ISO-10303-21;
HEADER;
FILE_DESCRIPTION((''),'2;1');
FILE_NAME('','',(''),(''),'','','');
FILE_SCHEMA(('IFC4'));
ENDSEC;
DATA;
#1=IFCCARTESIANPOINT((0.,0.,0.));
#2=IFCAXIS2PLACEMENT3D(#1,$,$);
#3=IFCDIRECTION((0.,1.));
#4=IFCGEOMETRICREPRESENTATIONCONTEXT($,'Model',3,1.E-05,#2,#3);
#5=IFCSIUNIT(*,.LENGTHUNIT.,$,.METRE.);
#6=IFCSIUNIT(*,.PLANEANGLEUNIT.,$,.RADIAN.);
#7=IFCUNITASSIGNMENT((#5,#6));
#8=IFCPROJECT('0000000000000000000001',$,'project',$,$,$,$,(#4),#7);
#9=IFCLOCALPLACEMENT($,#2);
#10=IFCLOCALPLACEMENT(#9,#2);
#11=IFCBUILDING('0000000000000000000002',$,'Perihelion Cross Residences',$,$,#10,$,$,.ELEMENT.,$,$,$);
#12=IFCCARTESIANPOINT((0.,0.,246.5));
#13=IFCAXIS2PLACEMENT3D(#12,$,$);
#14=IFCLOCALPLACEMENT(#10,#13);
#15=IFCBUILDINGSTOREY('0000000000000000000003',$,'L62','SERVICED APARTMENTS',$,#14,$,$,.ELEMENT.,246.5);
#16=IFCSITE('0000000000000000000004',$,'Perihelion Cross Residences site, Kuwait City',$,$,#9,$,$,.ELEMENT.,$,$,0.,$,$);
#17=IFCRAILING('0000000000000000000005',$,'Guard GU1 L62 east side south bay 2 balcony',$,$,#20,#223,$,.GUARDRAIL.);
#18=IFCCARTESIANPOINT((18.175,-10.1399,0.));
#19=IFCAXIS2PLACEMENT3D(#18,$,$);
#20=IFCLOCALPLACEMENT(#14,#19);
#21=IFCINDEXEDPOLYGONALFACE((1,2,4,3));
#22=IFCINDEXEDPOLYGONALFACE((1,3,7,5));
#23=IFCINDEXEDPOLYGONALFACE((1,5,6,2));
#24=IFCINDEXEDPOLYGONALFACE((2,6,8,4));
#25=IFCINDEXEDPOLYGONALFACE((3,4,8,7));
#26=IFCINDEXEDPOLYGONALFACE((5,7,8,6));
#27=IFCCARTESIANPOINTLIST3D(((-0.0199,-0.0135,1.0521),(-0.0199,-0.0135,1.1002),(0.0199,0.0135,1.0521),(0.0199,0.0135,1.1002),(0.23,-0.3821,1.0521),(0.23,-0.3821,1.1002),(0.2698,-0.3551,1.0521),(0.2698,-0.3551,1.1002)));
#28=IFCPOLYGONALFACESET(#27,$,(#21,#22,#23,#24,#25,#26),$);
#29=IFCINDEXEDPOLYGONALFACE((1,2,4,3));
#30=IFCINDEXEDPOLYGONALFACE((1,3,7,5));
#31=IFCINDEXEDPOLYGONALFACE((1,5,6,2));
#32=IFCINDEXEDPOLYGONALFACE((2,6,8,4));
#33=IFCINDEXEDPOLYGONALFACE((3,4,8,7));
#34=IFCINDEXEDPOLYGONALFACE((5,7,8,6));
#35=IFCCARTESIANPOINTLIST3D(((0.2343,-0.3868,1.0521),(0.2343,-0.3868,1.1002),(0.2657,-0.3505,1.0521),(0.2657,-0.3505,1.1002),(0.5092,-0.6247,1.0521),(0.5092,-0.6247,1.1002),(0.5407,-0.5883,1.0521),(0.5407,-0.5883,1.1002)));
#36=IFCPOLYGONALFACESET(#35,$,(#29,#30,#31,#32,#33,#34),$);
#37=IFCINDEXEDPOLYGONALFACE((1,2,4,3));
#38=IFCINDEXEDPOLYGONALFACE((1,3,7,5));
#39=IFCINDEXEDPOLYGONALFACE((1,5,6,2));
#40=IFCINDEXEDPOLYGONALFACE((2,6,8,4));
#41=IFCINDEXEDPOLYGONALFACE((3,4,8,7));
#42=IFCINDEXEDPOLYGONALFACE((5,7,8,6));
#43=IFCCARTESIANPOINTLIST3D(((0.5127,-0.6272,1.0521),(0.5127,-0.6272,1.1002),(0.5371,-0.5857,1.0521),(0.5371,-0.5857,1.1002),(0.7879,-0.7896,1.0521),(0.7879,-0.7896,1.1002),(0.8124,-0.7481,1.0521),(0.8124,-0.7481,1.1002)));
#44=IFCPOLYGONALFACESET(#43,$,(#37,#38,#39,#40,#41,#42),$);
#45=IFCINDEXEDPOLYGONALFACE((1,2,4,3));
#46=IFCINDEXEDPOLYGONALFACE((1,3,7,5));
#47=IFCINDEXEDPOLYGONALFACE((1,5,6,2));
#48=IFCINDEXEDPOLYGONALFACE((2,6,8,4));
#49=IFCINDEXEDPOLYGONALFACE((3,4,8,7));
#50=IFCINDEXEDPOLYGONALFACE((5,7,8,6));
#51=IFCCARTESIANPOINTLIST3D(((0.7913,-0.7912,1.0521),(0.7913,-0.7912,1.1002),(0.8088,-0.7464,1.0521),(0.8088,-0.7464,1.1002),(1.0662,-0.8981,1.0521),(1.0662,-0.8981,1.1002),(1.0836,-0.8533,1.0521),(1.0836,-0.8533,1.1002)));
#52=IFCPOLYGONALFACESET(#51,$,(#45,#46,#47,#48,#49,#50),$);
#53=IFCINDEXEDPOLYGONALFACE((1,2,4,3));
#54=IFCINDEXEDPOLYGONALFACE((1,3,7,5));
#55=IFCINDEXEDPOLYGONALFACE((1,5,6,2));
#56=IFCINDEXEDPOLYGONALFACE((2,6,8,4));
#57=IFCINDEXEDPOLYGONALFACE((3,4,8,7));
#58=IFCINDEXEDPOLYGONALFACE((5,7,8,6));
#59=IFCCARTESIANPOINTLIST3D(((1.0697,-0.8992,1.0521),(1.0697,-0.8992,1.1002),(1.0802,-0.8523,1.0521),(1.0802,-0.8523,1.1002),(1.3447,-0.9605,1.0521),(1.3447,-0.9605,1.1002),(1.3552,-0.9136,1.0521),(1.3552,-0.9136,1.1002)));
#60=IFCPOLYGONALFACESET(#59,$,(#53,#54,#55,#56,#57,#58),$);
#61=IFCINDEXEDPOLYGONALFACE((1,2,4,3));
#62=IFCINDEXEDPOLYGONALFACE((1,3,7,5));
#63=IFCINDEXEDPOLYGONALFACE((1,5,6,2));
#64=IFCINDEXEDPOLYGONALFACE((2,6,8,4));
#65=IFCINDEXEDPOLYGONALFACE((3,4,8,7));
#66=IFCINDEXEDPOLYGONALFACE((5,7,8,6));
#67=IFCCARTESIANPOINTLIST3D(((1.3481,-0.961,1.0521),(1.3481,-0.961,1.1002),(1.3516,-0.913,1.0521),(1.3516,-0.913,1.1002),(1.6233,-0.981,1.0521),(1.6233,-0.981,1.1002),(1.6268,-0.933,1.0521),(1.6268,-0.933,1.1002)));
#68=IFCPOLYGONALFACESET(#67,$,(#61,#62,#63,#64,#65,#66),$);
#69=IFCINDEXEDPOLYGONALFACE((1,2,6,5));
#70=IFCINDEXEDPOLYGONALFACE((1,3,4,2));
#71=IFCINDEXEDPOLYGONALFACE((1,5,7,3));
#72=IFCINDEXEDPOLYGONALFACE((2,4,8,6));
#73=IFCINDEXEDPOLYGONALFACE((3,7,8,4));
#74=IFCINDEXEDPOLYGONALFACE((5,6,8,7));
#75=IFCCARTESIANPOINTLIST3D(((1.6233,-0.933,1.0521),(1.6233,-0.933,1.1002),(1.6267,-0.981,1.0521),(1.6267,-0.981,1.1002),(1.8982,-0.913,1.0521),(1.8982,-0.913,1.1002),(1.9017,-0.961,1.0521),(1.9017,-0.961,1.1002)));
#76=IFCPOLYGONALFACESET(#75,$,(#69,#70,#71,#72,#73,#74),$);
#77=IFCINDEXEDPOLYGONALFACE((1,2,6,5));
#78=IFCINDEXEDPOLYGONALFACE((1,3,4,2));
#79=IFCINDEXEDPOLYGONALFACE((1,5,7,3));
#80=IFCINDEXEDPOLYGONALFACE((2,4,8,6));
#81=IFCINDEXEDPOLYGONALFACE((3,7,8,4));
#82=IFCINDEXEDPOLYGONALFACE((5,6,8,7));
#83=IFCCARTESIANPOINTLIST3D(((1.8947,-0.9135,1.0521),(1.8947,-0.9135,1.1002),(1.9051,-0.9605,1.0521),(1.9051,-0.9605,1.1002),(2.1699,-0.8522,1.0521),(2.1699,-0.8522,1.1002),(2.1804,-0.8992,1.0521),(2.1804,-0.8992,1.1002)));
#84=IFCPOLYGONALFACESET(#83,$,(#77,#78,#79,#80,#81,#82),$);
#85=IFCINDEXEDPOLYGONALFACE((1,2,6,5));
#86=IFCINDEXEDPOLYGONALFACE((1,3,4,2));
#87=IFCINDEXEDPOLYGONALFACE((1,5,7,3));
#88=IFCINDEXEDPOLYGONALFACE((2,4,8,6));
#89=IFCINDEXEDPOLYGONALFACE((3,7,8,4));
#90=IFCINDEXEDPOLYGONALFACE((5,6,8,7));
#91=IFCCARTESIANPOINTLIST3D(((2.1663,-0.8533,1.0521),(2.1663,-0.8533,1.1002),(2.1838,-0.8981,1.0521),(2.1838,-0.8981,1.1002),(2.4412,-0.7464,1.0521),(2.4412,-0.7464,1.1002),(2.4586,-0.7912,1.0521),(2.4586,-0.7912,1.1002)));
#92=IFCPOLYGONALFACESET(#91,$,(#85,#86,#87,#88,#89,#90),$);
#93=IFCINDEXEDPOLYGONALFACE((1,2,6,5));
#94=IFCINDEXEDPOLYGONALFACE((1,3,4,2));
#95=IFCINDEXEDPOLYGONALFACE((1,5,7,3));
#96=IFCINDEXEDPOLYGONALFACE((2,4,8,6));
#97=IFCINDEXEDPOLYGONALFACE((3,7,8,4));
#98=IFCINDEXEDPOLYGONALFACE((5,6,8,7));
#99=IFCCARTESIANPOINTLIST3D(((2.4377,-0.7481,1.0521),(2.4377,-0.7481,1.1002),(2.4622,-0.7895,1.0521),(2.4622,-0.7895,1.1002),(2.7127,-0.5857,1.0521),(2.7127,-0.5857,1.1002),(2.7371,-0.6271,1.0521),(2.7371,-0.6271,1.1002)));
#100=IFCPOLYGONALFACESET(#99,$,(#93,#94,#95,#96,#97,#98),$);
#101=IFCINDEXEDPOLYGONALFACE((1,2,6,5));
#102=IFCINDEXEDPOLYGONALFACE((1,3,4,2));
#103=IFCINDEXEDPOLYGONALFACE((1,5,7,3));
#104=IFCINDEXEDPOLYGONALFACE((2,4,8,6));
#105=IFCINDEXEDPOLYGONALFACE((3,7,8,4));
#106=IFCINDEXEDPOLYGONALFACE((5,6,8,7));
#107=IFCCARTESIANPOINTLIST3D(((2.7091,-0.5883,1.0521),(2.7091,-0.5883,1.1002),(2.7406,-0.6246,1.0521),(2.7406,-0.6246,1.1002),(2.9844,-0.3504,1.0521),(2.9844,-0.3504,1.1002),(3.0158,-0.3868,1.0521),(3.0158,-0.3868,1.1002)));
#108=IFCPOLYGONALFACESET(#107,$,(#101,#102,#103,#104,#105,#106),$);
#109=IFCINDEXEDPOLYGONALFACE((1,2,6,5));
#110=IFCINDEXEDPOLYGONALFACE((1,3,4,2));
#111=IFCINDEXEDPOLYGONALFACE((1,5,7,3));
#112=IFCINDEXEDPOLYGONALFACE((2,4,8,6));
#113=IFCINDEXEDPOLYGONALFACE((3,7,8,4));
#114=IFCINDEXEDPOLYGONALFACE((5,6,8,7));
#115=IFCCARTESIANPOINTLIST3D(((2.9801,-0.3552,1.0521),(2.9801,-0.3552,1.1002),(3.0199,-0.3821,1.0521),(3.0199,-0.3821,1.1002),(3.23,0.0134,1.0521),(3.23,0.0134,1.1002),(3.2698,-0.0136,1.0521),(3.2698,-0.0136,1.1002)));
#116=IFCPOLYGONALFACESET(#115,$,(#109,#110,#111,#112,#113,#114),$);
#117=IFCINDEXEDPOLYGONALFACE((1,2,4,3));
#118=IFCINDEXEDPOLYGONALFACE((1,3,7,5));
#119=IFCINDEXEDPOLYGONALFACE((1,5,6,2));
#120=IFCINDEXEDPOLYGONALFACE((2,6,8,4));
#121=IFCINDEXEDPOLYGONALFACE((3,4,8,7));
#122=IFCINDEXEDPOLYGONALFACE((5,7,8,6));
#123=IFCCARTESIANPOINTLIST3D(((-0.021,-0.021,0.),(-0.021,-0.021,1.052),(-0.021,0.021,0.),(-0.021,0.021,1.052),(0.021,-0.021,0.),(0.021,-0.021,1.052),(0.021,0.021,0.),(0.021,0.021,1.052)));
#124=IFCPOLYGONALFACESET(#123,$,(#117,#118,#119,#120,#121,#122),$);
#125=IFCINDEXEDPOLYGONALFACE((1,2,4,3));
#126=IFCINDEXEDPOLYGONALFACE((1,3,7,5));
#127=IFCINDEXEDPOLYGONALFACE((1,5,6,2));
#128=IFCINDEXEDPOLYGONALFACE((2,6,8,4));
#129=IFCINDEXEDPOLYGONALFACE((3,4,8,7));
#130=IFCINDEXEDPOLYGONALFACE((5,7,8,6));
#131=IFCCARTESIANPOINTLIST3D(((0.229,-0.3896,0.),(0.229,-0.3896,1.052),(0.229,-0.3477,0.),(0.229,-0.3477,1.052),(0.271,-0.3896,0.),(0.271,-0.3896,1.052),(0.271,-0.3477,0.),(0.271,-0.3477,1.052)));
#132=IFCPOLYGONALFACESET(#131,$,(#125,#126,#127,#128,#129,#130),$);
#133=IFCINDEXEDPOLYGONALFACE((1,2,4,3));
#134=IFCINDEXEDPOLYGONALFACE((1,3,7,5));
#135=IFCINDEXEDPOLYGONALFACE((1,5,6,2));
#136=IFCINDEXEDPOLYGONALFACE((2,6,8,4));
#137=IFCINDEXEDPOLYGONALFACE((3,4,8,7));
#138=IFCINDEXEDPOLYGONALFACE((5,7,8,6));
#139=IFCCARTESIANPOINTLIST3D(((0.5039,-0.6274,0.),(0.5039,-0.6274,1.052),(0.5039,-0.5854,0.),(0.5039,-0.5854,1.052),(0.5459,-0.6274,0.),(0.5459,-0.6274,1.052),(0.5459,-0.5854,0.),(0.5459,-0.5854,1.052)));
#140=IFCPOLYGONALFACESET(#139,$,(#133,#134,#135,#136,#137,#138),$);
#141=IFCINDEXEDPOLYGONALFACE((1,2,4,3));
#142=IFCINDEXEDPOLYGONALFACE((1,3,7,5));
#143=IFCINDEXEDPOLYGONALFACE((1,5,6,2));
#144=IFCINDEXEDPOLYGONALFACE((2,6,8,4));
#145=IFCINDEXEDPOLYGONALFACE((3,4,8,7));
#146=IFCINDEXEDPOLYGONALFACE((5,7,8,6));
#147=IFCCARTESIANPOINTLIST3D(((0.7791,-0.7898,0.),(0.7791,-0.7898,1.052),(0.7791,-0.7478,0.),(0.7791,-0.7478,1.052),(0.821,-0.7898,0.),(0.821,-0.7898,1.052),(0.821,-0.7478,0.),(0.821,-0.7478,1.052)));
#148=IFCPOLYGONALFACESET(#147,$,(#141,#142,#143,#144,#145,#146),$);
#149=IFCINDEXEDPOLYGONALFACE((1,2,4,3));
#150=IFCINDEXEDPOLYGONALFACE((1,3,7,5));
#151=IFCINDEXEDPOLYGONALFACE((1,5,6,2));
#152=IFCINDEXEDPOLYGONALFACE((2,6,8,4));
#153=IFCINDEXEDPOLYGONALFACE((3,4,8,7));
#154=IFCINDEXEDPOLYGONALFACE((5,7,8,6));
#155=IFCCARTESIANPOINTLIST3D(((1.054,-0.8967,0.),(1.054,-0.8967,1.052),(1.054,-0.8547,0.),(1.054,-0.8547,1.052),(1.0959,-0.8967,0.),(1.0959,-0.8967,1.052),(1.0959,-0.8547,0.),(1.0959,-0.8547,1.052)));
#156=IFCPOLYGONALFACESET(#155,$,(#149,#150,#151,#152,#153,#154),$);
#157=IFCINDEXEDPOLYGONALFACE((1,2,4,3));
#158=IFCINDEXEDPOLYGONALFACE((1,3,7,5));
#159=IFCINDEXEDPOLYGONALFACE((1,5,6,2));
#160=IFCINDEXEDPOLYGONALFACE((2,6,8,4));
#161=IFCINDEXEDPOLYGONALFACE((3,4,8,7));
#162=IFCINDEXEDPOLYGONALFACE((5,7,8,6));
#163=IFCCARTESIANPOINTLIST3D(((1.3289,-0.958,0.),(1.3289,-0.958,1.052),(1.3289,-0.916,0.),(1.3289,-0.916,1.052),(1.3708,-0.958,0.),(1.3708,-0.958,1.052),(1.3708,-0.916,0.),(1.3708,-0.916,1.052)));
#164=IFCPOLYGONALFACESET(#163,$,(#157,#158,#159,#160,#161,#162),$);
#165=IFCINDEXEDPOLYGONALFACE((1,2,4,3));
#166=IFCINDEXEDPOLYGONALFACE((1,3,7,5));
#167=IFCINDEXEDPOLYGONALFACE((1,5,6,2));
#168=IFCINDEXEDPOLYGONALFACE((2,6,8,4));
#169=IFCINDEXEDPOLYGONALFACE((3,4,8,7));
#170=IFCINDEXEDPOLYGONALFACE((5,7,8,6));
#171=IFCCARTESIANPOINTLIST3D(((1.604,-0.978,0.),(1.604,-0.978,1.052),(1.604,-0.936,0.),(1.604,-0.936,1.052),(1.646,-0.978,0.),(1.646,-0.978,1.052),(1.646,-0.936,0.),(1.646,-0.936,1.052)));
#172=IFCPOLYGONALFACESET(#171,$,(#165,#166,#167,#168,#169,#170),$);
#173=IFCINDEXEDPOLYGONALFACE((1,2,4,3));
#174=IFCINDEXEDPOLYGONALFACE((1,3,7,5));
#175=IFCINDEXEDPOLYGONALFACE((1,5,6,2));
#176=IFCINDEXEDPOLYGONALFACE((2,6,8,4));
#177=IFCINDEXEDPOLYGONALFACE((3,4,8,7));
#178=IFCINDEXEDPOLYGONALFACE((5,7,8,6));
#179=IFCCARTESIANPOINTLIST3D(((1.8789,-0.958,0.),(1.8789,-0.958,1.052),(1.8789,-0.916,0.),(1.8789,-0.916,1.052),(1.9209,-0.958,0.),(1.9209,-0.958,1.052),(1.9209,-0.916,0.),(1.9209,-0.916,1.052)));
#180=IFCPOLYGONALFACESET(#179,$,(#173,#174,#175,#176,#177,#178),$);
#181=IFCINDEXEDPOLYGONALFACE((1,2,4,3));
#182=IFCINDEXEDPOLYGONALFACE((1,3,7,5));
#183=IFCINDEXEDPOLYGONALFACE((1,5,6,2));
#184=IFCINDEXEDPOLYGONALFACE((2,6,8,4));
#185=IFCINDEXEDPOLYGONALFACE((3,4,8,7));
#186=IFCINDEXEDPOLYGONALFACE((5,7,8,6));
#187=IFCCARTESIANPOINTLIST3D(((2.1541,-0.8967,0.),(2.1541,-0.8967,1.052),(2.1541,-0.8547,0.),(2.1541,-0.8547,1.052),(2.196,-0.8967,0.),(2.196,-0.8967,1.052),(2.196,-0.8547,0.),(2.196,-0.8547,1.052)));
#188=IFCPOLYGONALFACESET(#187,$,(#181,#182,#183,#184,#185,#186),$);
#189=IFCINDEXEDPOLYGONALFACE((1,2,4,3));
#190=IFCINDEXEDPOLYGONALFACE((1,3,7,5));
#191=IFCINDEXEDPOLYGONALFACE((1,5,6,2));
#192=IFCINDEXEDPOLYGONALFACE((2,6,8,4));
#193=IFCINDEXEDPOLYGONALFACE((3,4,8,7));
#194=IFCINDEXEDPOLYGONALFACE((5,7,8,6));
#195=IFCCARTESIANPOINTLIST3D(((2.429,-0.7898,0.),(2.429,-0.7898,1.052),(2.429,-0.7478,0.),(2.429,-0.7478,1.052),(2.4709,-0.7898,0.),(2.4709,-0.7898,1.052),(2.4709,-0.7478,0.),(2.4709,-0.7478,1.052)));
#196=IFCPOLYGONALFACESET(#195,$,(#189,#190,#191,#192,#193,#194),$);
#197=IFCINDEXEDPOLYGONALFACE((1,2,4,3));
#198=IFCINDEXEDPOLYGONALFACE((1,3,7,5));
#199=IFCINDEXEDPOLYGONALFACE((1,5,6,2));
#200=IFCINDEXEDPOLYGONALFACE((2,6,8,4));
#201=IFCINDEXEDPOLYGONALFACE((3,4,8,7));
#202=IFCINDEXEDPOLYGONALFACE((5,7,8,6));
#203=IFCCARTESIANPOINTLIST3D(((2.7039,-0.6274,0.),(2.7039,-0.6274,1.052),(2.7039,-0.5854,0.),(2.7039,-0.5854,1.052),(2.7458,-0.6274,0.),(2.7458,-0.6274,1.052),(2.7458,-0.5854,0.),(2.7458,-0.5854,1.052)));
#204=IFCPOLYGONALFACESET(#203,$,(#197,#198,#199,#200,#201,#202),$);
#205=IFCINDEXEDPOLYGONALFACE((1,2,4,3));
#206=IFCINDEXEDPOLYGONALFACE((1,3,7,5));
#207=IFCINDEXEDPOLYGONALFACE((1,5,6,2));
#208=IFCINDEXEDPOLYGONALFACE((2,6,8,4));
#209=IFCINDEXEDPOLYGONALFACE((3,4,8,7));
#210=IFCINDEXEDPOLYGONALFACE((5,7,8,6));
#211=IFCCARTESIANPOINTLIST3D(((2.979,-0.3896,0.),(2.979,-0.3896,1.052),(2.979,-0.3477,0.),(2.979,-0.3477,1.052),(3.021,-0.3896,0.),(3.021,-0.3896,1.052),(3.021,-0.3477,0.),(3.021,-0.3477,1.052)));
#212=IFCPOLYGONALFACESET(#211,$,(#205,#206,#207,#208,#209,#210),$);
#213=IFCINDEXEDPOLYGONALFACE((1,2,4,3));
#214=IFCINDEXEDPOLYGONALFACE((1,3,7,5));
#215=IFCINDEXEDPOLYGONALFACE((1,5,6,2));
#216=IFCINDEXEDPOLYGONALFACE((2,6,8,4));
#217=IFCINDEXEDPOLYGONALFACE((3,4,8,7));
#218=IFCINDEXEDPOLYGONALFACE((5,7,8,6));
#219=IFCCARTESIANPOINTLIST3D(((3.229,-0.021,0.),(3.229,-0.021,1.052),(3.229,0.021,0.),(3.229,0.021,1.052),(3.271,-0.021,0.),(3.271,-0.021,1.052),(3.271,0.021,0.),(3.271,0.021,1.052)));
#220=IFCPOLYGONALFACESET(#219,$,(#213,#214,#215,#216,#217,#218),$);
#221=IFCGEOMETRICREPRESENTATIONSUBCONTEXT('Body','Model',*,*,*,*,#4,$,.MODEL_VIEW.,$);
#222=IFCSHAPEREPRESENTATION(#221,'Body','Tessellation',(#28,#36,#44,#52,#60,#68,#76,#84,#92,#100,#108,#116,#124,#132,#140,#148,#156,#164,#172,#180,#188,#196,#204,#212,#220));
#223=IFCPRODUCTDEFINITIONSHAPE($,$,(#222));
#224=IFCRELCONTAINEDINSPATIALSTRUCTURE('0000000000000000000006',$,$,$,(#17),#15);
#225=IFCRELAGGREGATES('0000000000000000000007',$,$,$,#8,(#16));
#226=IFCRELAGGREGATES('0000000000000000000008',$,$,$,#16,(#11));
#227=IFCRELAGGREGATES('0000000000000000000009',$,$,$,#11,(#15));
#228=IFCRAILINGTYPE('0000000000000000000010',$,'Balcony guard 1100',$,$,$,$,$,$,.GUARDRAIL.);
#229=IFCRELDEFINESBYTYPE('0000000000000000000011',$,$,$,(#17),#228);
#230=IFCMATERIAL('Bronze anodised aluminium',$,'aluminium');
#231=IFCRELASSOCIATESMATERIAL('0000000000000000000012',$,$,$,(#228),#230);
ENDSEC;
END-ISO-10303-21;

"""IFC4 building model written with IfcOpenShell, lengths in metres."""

from ifc_helpers import new_model, si_unit, direction, frame, origin, origin_2d, place, context, subcontext, project, spatial, rectangle, extrude, material, type_object, element, save


model = new_model("IFC4")

# Units and contexts
model_context = context("Model", 3, precision=1e-05, world=origin(), true_north=direction((0.0, 1.0)))
body_context = subcontext(model_context, "Body", "Model", "MODEL_VIEW")
ifc_project = project(units=[si_unit("LENGTHUNIT", "METRE"), si_unit("PLANEANGLEUNIT", "RADIAN")], contexts=[model_context])

# Site, building, storey
site_placement = place(None, origin())
site = spatial("IfcSite", under=ifc_project, at=site_placement, Name="Perihelion Cross Residences site, Kuwait City", CompositionType="ELEMENT", RefElevation=0.0)
building_placement = place(site_placement, origin())
building = spatial("IfcBuilding", under=site, at=building_placement, Name="Perihelion Cross Residences", CompositionType="ELEMENT")
storey_placement = place(building_placement, frame((0.0, 0.0, 246.5)))
storey = spatial("IfcBuildingStorey", under=building, at=storey_placement, Name="L62", Description="SERVICED APARTMENTS", CompositionType="ELEMENT", Elevation=246.5)

# Railing
ifc_material_1 = material(Name="Bronze anodised aluminium", Category="aluminium")
railing_type = type_object("IfcRailingType", Name="Balcony guard 1100", PredefinedType="GUARDRAIL", material=ifc_material_1)
railing_placement = place(storey_placement, frame((18.175, -10.1399, 0.0)))
element("IfcRailing", 1, at=railing_placement, inside=storey, type_object=railing_type, Name="Guard GU1 L62 east side south bay 2 balcony", PredefinedType="GUARDRAIL", context=body_context, shape_type="SweptSolid", body=[
    extrude(rectangle(XDim=0.0481, YDim=0.0481, at=origin_2d()), frame((0.0, 0.0, 1.0762), z_axis=(0.56126, -0.827639, 0.0), x_axis=(0.827639, 0.56126, 0.0)), (0.0, 0.0, 1.0), 0.4453),
    extrude(rectangle(XDim=0.0481, YDim=0.0481, at=origin_2d()), frame((0.25, -0.3687, 1.0762), z_axis=(0.756309, -0.654214, 0.0), x_axis=(0.654214, 0.756309, 0.0)), (0.0, 0.0, 1.0), 0.3635),
    extrude(rectangle(XDim=0.0481, YDim=0.0481, at=origin_2d()), frame((0.5249, -0.6064, 1.0762), z_axis=(0.861246, -0.508189, 0.0), x_axis=(0.508189, 0.861246, 0.0)), (0.0, 0.0, 1.0), 0.3196),
    extrude(rectangle(XDim=0.0481, YDim=0.0481, at=origin_2d()), frame((0.8, -0.7688, 1.0762), z_axis=(0.931974, -0.362526, 0.0), x_axis=(0.362526, 0.931974, 0.0)), (0.0, 0.0, 1.0), 0.2949),
    extrude(rectangle(XDim=0.0481, YDim=0.0481, at=origin_2d()), frame((1.075, -0.8757, 1.0762), z_axis=(0.976044, -0.217573, 0.0), x_axis=(0.217573, 0.976044, 0.0)), (0.0, 0.0, 1.0), 0.2817),
    extrude(rectangle(XDim=0.0481, YDim=0.0481, at=origin_2d()), frame((1.3499, -0.937, 1.0762), z_axis=(0.997363, -0.072568, 0.0), x_axis=(0.072568, 0.997363, 0.0)), (0.0, 0.0, 1.0), 0.2759),
    extrude(rectangle(XDim=0.0481, YDim=0.0481, at=origin_2d()), frame((1.625, -0.957, 1.0762), z_axis=(0.997359, 0.072632, 0.0), x_axis=(-0.072632, 0.997359, 0.0)), (0.0, 0.0, 1.0), 0.2756),
    extrude(rectangle(XDim=0.0481, YDim=0.0481, at=origin_2d()), frame((1.8999, -0.937, 1.0762), z_axis=(0.976085, 0.217389, 0.0), x_axis=(-0.217389, 0.976085, 0.0)), (0.0, 0.0, 1.0), 0.282),
    extrude(rectangle(XDim=0.0481, YDim=0.0481, at=origin_2d()), frame((2.175, -0.8757, 1.0762), z_axis=(0.931974, 0.362526, 0.0), x_axis=(-0.362526, 0.931974, 0.0)), (0.0, 0.0, 1.0), 0.2949),
    extrude(rectangle(XDim=0.0481, YDim=0.0481, at=origin_2d()), frame((2.45, -0.7688, 1.0762), z_axis=(0.861048, 0.508523, 0.0), x_axis=(-0.508523, 0.861048, 0.0)), (0.0, 0.0, 1.0), 0.3193),
    extrude(rectangle(XDim=0.0481, YDim=0.0481, at=origin_2d()), frame((2.7249, -0.6064, 1.0762), z_axis=(0.756597, 0.653882, 0.0), x_axis=(-0.653882, 0.756597, 0.0)), (0.0, 0.0, 1.0), 0.3638),
    extrude(rectangle(XDim=0.0481, YDim=0.0481, at=origin_2d()), frame((3.0, -0.3687, 1.0762), z_axis=(0.56126, 0.827639, 0.0), x_axis=(-0.827639, 0.56126, 0.0)), (0.0, 0.0, 1.0), 0.4453),
    extrude(rectangle(XDim=0.042, YDim=0.042, at=origin_2d()), origin(), (0.0, 0.0, 1.0), 1.052),
    extrude(rectangle(XDim=0.042, YDim=0.042, at=origin_2d()), frame((0.25, -0.3687, 0.0)), (0.0, 0.0, 1.0), 1.052),
    extrude(rectangle(XDim=0.042, YDim=0.042, at=origin_2d()), frame((0.5249, -0.6064, 0.0)), (0.0, 0.0, 1.0), 1.052),
    extrude(rectangle(XDim=0.042, YDim=0.042, at=origin_2d()), frame((0.8, -0.7688, 0.0)), (0.0, 0.0, 1.0), 1.052),
    extrude(rectangle(XDim=0.042, YDim=0.042, at=origin_2d()), frame((1.075, -0.8757, 0.0)), (0.0, 0.0, 1.0), 1.052),
    extrude(rectangle(XDim=0.042, YDim=0.042, at=origin_2d()), frame((1.3499, -0.937, 0.0)), (0.0, 0.0, 1.0), 1.052),
    extrude(rectangle(XDim=0.042, YDim=0.042, at=origin_2d()), frame((1.625, -0.957, 0.0)), (0.0, 0.0, 1.0), 1.052),
    extrude(rectangle(XDim=0.042, YDim=0.042, at=origin_2d()), frame((1.8999, -0.937, 0.0)), (0.0, 0.0, 1.0), 1.052),
    extrude(rectangle(XDim=0.042, YDim=0.042, at=origin_2d()), frame((2.175, -0.8757, 0.0)), (0.0, 0.0, 1.0), 1.052),
    extrude(rectangle(XDim=0.042, YDim=0.042, at=origin_2d()), frame((2.45, -0.7688, 0.0)), (0.0, 0.0, 1.0), 1.052),
    extrude(rectangle(XDim=0.042, YDim=0.042, at=origin_2d()), frame((2.7249, -0.6064, 0.0)), (0.0, 0.0, 1.0), 1.052),
    extrude(rectangle(XDim=0.042, YDim=0.042, at=origin_2d()), frame((3.0, -0.3687, 0.0)), (0.0, 0.0, 1.0), 1.052),
    extrude(rectangle(XDim=0.042, YDim=0.042, at=origin_2d()), frame((3.25, 0.0, 0.0)), (0.0, 0.0, 1.0), 1.052),
])

save(model, "model.ifc")
